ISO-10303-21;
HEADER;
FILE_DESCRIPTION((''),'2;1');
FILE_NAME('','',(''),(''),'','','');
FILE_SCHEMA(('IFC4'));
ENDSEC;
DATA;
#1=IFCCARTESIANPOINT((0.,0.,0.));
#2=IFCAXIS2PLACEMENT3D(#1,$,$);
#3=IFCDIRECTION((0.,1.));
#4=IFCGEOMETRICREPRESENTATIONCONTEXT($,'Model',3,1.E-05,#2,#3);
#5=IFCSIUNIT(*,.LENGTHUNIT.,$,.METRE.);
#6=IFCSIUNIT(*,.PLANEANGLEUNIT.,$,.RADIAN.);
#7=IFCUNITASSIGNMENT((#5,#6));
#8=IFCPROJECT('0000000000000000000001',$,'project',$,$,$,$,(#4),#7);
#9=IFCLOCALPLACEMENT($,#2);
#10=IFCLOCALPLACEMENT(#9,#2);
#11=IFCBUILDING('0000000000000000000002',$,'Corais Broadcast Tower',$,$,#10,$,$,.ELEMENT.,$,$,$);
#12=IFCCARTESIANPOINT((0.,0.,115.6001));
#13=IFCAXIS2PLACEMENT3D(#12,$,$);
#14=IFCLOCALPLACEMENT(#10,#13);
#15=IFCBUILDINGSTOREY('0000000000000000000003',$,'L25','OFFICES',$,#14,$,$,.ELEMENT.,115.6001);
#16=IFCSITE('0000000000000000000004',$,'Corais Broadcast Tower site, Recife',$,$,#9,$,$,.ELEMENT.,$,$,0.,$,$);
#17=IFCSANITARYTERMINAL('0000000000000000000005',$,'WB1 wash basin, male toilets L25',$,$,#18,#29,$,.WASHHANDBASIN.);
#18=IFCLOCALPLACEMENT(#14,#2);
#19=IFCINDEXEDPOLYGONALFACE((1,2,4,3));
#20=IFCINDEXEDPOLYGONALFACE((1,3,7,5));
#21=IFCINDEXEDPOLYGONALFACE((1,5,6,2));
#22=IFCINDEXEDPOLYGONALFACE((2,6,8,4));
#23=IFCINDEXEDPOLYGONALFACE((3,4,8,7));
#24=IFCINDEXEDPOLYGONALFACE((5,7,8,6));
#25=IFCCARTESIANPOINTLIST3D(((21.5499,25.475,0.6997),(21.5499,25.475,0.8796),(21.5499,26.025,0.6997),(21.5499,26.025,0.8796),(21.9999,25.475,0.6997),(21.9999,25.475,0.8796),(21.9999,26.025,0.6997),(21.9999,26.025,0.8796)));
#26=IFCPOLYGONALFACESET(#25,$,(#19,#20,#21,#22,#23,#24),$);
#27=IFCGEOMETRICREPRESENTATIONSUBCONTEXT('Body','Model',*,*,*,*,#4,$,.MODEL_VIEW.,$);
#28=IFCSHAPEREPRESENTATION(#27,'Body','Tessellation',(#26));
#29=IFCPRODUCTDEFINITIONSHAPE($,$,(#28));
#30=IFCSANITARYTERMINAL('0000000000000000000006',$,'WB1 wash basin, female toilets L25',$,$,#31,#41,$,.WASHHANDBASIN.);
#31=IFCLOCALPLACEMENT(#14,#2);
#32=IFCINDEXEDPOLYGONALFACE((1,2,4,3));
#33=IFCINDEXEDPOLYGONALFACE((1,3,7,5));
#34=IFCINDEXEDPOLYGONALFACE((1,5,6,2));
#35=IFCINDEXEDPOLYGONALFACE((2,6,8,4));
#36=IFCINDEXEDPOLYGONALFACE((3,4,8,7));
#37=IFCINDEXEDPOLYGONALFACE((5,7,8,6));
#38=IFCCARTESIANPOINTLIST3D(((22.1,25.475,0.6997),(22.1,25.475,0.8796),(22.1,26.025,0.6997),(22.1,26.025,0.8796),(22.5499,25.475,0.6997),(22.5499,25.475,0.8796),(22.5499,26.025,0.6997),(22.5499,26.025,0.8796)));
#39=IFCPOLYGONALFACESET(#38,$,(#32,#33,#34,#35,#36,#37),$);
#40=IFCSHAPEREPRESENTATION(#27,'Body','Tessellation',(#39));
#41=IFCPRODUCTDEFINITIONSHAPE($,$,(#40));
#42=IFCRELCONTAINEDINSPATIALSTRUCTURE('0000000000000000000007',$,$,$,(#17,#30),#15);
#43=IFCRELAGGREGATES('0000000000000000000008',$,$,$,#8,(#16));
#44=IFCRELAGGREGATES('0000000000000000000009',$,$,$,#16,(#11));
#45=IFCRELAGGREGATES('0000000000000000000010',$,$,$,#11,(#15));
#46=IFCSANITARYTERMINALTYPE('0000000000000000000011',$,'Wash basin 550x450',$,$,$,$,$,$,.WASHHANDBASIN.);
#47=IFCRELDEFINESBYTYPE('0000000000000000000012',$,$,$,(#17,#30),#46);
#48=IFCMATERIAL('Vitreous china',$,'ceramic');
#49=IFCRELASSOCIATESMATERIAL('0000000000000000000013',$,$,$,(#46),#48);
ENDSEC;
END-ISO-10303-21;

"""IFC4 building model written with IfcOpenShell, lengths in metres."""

from ifc_helpers import new_model, si_unit, direction, frame, origin, origin_2d, place, context, subcontext, project, spatial, rectangle, extrude, material, type_object, element, save


model = new_model("IFC4")

# Units and contexts
model_context = context("Model", 3, precision=1e-05, world=origin(), true_north=direction((0.0, 1.0)))
body_context = subcontext(model_context, "Body", "Model", "MODEL_VIEW")
ifc_project = project(units=[si_unit("LENGTHUNIT", "METRE"), si_unit("PLANEANGLEUNIT", "RADIAN")], contexts=[model_context])

# Site, building, storey
site_placement = place(None, origin())
site = spatial("IfcSite", under=ifc_project, at=site_placement, Name="Corais Broadcast Tower site, Recife", CompositionType="ELEMENT", RefElevation=0.0)
building_placement = place(site_placement, origin())
building = spatial("IfcBuilding", under=site, at=building_placement, Name="Corais Broadcast Tower", CompositionType="ELEMENT")
storey_placement = place(building_placement, frame((0.0, 0.0, 115.6001)))
storey = spatial("IfcBuildingStorey", under=building, at=storey_placement, Name="L25", Description="OFFICES", CompositionType="ELEMENT", Elevation=115.6001)

# Sanitary terminals
ifc_material_1 = material(Name="Vitreous china", Category="ceramic")
sanitary_terminal_type_1 = type_object("IfcSanitaryTerminalType", Name="Wash basin 550x450", PredefinedType="WASHHANDBASIN", material=ifc_material_1)
for number, where, z_axis, x_axis, name in (
    (1, (21.7749, 25.75, 0.6997), (0.0, 0.0, 1.0), (1.0, 0.0, 0.0), "WB1 wash basin, male toilets L25"),
    (2, (22.325, 25.75, 0.6997), (0.0, 0.0, 1.0), (1.0, 0.0, 0.0), "WB1 wash basin, female toilets L25"),
):
    element("IfcSanitaryTerminal", number, at=place(storey_placement, frame(where, z_axis=z_axis, x_axis=x_axis)), inside=storey, type_object=sanitary_terminal_type_1, Name=name, PredefinedType="WASHHANDBASIN", context=body_context, shape_type="SweptSolid", body=[
        extrude(rectangle(XDim=0.45, YDim=0.55, at=origin_2d()), origin(), (0.0, 0.0, 1.0), 0.1799),
    ])

save(model, "model.ifc")
